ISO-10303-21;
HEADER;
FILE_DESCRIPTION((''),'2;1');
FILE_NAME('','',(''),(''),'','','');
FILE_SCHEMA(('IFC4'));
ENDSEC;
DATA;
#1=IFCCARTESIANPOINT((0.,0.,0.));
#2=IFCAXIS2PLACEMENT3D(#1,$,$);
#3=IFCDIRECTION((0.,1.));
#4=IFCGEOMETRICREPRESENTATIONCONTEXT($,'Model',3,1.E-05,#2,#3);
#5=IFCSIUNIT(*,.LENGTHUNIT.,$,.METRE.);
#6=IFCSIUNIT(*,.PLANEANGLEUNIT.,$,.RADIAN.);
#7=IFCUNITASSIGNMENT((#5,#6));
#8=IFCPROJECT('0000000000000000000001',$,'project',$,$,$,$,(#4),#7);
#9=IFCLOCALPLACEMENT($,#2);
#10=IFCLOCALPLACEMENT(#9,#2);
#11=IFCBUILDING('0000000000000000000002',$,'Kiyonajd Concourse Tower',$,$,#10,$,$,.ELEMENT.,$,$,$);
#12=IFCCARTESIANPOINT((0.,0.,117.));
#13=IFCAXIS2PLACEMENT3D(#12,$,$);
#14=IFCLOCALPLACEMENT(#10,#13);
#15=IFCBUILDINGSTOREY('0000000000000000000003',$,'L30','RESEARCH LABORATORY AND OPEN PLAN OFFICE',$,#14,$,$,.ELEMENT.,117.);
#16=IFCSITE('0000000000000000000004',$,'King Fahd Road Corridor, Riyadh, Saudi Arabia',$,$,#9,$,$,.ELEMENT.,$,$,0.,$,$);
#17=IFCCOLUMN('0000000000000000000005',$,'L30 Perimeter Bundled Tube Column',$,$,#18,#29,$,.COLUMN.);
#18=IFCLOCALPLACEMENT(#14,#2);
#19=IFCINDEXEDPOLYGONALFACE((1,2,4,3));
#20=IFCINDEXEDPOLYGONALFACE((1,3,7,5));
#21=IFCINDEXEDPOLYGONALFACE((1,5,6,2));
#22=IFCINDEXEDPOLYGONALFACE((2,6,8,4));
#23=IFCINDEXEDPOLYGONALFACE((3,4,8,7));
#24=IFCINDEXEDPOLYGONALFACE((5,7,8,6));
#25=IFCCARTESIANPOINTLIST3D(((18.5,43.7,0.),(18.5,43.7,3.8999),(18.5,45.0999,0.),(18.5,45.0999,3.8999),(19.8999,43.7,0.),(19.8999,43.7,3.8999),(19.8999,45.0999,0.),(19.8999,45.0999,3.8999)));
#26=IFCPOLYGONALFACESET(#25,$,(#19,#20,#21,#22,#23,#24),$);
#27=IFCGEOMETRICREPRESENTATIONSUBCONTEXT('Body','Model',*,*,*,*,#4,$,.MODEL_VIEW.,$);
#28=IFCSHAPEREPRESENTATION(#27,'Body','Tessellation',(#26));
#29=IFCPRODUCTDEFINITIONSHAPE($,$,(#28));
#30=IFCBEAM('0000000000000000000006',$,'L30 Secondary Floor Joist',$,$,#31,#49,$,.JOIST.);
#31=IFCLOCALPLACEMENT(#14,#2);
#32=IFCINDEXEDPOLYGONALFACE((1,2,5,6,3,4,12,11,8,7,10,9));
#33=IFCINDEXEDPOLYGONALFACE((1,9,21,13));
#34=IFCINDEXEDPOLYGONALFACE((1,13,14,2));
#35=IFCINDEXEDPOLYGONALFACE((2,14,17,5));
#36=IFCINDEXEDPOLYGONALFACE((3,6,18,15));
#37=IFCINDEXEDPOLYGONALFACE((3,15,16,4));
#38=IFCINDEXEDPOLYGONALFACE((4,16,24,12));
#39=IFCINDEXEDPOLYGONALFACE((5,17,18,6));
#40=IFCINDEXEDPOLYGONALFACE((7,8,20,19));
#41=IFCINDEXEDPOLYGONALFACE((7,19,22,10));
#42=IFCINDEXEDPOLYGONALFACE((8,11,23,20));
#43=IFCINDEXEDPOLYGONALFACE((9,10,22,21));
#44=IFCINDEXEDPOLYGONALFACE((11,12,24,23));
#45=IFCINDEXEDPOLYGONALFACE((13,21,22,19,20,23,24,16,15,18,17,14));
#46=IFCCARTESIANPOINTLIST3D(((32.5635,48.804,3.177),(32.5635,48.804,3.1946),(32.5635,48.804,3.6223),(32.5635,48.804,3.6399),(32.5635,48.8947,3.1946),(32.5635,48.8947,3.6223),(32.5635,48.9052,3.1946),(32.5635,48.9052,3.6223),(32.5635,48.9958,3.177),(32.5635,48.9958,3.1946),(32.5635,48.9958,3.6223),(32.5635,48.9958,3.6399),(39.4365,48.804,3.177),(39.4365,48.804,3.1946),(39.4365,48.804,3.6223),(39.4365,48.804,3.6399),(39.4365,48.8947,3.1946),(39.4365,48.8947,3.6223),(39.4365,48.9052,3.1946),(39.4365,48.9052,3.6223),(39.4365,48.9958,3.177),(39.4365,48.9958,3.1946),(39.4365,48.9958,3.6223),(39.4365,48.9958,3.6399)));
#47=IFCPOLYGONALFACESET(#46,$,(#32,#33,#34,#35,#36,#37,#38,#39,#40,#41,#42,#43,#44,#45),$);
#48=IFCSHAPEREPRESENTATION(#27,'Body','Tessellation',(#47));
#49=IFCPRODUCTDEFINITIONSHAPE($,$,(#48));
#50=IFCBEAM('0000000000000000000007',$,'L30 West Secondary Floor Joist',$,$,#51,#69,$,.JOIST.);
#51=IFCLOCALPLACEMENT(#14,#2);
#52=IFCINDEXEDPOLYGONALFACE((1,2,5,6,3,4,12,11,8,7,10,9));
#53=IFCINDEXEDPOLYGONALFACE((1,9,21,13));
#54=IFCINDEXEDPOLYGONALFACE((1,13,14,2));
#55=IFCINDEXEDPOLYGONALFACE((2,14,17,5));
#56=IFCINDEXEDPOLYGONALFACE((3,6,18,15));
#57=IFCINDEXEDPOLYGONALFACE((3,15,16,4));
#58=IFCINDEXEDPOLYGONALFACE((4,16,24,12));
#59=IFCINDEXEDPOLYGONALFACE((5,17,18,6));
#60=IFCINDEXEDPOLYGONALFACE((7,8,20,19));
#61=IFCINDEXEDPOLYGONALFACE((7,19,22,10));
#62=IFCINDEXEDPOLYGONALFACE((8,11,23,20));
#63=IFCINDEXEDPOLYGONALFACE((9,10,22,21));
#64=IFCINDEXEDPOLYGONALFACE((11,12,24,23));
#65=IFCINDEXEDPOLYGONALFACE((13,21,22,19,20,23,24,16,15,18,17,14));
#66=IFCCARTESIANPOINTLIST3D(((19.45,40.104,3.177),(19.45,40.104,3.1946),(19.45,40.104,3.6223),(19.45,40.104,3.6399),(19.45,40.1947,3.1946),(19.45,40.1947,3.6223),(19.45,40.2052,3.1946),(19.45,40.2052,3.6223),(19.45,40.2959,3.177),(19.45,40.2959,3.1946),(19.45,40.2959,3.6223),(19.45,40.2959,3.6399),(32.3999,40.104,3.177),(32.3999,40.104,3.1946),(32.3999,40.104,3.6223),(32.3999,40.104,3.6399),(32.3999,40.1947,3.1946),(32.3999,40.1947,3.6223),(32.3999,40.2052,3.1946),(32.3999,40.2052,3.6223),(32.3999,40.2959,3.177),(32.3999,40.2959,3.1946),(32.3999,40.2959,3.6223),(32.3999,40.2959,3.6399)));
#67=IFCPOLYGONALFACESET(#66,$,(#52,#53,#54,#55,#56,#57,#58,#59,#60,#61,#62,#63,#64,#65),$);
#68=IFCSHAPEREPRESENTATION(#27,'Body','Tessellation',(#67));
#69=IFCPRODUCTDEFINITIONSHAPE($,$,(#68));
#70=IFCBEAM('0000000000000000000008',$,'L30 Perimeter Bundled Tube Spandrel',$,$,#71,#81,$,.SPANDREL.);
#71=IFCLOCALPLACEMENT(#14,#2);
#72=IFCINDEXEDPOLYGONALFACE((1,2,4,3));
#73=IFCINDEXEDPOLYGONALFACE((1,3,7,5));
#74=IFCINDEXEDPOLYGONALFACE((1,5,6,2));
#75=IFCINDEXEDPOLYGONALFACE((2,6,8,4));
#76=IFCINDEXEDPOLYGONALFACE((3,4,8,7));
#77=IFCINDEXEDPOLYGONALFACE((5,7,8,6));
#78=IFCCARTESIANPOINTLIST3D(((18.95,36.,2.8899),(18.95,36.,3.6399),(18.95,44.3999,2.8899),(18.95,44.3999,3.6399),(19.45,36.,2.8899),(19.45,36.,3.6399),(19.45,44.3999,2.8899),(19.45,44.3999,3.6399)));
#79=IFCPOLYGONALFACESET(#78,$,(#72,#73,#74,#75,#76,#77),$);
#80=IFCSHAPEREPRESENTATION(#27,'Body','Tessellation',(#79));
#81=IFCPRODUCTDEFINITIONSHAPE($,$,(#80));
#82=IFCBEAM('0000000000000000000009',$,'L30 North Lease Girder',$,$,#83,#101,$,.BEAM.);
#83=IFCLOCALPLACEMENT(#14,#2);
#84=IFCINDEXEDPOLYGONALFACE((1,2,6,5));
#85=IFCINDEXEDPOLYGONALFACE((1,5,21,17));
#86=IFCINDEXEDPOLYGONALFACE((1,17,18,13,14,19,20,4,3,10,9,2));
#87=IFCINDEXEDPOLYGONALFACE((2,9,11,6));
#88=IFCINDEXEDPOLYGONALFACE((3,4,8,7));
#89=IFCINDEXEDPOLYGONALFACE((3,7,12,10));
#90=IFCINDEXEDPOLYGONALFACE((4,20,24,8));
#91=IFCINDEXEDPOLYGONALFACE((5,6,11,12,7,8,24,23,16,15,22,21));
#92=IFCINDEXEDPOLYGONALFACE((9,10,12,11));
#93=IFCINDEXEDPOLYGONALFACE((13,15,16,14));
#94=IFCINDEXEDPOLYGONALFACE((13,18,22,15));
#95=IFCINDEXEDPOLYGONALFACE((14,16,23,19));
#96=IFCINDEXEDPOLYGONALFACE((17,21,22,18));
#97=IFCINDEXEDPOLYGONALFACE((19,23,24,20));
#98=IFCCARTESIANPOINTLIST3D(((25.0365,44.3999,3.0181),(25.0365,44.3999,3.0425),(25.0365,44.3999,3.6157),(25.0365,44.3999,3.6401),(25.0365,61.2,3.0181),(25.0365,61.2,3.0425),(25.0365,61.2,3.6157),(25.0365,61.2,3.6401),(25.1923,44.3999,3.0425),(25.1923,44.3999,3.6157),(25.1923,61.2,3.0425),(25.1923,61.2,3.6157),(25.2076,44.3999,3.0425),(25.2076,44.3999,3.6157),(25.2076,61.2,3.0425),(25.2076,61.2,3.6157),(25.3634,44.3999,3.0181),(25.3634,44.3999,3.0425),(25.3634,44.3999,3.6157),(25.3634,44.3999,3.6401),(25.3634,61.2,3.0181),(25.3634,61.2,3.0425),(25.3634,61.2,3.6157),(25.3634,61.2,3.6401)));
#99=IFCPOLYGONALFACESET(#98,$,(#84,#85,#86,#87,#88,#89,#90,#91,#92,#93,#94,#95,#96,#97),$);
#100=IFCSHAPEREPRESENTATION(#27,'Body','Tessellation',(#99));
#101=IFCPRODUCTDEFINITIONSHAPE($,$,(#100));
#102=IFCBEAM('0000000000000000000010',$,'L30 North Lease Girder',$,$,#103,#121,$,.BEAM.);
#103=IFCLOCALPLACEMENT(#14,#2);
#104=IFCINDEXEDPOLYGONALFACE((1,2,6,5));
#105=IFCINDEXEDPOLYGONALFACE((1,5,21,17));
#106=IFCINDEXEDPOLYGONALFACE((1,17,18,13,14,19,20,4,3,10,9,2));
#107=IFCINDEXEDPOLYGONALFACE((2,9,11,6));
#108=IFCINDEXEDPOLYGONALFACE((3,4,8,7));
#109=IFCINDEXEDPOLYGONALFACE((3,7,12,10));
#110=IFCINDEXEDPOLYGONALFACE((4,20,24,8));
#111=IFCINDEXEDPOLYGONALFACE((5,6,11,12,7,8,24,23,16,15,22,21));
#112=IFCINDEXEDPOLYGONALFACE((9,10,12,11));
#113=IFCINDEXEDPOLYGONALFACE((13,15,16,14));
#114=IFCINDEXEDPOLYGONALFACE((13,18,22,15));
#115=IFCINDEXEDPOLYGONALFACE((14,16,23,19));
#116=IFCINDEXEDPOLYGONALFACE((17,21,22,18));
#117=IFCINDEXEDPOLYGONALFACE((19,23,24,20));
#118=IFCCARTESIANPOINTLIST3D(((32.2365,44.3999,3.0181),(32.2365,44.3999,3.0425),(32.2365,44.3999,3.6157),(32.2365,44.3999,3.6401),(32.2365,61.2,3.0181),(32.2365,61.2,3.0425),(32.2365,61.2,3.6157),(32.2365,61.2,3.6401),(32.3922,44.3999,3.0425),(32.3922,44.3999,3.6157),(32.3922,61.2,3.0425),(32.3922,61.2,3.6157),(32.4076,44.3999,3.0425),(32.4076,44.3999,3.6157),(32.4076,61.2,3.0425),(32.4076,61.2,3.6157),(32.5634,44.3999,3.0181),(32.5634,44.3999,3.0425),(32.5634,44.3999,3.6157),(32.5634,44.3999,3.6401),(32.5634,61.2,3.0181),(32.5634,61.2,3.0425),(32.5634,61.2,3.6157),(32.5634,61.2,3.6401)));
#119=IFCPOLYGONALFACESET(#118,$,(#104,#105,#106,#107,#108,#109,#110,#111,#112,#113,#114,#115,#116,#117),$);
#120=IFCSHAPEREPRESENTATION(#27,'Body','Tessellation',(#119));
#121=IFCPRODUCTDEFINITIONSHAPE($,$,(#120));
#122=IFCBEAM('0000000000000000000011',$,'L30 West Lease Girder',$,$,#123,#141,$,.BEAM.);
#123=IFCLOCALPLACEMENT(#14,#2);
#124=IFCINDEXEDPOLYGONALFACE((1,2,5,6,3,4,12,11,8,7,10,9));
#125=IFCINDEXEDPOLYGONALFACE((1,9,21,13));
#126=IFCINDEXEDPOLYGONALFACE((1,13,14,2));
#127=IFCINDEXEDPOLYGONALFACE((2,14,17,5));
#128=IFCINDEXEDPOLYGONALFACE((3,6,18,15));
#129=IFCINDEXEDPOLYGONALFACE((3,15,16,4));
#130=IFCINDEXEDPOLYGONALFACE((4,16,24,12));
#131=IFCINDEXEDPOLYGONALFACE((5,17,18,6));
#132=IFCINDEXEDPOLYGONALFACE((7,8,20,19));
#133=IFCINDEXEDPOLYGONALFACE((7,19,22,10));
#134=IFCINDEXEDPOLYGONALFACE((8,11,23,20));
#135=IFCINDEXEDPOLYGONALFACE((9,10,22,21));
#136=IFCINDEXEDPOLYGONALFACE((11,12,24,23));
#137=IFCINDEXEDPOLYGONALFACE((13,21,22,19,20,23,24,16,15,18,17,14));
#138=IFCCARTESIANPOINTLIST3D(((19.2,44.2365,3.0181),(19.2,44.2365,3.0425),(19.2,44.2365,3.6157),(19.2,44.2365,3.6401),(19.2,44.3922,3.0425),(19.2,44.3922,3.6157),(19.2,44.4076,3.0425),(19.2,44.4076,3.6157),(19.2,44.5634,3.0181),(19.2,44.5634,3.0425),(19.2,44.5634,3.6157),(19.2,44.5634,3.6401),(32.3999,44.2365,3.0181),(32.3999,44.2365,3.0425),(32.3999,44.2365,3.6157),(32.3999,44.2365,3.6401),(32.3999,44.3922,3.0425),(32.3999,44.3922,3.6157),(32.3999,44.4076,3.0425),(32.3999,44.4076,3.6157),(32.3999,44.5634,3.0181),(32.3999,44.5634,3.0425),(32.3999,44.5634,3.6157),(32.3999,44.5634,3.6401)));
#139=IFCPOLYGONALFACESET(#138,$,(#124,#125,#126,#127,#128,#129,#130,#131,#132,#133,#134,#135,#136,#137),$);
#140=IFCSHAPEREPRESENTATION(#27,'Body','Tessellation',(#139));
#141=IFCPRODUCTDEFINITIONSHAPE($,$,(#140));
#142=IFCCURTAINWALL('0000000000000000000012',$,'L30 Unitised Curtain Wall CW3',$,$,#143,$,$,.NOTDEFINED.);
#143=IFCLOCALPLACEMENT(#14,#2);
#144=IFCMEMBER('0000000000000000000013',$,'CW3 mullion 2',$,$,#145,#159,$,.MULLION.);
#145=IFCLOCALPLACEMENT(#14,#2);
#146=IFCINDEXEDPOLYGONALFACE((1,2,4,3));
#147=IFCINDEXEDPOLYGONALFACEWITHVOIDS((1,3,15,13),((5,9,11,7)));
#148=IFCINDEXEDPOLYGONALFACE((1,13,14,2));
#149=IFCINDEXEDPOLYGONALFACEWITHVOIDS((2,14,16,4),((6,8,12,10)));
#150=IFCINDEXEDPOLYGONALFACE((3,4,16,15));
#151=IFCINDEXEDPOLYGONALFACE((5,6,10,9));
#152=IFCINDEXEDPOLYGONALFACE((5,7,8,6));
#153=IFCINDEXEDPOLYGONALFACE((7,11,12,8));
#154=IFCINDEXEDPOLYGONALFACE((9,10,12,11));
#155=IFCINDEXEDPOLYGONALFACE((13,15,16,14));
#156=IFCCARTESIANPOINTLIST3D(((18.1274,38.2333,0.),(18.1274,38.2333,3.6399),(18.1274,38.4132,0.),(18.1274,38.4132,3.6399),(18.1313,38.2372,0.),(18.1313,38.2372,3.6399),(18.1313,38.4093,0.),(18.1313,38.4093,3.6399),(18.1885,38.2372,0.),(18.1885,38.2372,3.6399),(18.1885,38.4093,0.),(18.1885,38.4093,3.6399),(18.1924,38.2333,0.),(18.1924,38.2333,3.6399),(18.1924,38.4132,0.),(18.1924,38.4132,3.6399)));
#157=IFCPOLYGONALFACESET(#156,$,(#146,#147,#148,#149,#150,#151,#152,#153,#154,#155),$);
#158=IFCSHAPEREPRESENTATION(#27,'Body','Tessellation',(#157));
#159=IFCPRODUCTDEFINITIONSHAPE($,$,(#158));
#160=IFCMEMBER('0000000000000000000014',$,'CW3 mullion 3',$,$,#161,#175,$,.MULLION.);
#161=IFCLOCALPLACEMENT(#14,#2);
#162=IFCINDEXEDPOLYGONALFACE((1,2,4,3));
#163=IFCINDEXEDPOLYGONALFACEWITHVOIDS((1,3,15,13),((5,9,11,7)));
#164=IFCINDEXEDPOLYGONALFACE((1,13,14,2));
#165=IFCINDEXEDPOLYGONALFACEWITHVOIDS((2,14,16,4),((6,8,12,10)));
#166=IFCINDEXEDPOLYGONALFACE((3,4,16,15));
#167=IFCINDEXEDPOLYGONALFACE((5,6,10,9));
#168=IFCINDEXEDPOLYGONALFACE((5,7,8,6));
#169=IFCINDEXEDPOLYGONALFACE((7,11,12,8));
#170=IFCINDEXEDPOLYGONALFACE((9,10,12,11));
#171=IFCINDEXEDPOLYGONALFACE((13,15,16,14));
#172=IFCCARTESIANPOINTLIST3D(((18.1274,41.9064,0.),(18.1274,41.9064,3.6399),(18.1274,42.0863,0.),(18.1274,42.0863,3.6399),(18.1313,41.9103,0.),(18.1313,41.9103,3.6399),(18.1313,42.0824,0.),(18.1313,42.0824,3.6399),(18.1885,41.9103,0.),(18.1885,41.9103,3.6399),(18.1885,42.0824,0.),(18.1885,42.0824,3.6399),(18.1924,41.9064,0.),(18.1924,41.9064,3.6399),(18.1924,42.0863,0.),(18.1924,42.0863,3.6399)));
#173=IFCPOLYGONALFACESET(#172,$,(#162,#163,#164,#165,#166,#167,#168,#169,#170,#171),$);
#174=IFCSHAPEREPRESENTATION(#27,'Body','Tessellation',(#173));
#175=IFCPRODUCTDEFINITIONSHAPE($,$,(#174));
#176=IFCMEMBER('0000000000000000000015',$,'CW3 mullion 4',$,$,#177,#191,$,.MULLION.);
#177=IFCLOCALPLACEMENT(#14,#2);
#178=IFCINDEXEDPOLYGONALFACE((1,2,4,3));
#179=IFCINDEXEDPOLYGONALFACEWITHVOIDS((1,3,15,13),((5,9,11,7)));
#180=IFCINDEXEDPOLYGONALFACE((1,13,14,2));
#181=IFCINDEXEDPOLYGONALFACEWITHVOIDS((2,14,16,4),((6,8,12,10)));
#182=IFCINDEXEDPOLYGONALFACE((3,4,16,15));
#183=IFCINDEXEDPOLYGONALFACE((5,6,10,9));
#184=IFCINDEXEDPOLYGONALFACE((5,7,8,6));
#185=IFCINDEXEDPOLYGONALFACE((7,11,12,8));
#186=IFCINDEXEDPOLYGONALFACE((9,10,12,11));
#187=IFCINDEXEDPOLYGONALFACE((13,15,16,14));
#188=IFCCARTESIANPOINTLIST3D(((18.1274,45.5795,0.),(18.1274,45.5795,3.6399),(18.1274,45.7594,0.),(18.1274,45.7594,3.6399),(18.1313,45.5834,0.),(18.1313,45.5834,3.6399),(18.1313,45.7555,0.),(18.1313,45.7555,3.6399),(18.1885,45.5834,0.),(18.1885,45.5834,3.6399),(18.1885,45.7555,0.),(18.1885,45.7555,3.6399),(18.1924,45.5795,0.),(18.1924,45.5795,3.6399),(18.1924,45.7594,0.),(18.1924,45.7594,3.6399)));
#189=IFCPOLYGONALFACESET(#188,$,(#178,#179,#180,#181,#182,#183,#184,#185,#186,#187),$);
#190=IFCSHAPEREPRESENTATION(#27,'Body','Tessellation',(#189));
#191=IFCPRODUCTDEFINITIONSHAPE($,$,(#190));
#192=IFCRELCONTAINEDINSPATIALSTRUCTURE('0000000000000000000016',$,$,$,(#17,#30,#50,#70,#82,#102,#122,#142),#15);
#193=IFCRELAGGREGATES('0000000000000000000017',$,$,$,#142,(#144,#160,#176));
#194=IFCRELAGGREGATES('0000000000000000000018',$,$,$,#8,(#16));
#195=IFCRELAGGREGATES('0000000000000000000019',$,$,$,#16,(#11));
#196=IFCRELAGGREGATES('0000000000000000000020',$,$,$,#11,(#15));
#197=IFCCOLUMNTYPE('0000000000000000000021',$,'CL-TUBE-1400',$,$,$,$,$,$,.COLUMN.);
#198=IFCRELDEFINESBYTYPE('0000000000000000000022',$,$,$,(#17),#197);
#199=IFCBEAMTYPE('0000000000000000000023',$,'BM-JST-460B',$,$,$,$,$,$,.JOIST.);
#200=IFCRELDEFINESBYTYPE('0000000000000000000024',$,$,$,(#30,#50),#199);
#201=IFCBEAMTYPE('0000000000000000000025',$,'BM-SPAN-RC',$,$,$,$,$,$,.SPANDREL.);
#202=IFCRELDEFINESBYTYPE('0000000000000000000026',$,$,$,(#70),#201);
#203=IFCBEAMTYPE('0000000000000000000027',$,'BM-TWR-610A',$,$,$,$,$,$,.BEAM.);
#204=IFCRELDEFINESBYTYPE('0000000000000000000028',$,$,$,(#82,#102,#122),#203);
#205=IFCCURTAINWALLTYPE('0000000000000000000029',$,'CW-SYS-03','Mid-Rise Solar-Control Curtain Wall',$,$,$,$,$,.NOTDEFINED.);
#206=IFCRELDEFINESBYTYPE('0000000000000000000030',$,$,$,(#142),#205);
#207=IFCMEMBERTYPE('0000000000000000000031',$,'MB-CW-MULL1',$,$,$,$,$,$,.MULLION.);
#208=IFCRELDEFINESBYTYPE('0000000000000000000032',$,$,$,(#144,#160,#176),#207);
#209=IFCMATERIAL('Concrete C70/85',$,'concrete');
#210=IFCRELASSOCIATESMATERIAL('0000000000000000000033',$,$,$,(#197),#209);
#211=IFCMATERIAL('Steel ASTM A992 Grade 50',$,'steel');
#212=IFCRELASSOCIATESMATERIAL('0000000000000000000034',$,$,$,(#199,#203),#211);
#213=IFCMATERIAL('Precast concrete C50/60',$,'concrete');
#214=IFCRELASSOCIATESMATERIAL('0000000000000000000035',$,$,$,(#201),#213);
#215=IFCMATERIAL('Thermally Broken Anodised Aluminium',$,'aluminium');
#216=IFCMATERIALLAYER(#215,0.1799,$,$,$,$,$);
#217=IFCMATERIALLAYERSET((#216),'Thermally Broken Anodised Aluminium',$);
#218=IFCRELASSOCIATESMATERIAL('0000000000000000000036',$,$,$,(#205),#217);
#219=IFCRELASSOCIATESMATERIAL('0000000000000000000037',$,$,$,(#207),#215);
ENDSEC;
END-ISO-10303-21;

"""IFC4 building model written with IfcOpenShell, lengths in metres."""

from ifc_helpers import new_model, si_unit, direction, frame, origin, origin_2d, place, context, subcontext, project, spatial, rectangle, hollow_rectangle, i_section, extrude, material, layer, layer_set, material_profile, profile_set, type_object, element, aggregate, save


model = new_model("IFC4")

# Units and contexts
model_context = context("Model", 3, precision=1e-05, world=origin(), true_north=direction((0.0, 1.0)))
body_context = subcontext(model_context, "Body", "Model", "MODEL_VIEW")
ifc_project = project(units=[si_unit("LENGTHUNIT", "METRE"), si_unit("PLANEANGLEUNIT", "RADIAN")], contexts=[model_context])

# Site, building, storey
site_placement = place(None, origin())
site = spatial("IfcSite", under=ifc_project, at=site_placement, Name="King Fahd Road Corridor, Riyadh, Saudi Arabia", CompositionType="ELEMENT", RefElevation=0.0)
building_placement = place(site_placement, origin())
building = spatial("IfcBuilding", under=site, at=building_placement, Name="Kiyonajd Concourse Tower", CompositionType="ELEMENT")
storey_placement = place(building_placement, frame((0.0, 0.0, 117.0)))
storey = spatial("IfcBuildingStorey", under=building, at=storey_placement, Name="L30", Description="RESEARCH LABORATORY AND OPEN PLAN OFFICE", CompositionType="ELEMENT", Elevation=117.0)

# Column
ifc_material_1 = material(Name="Concrete C70/85", Category="concrete")
ifc_material_profile_1 = material_profile(ifc_material_1, rectangle(XDim=1.3999, YDim=1.3999, at=origin_2d()), Name="RC-1400x1400")
ifc_profile_set_1 = profile_set([ifc_material_profile_1], Name="Concrete C70/85")
column_type = type_object("IfcColumnType", Name="CL-TUBE-1400", PredefinedType="COLUMN", material=ifc_profile_set_1)
column_placement = place(storey_placement, frame((19.2, 44.3999, 0.0), z_axis=(0.0, 0.0, 1.0), x_axis=(1.0, 0.0, 0.0)))
element("IfcColumn", 1, at=column_placement, inside=storey, type_object=column_type, Name="L30 Perimeter Bundled Tube Column", PredefinedType="COLUMN", context=body_context, shape_type="SweptSolid", body=[
    extrude(rectangle(XDim=1.3999, YDim=1.3999, at=origin_2d()), origin(), (0.0, 0.0, 1.0), 3.8999),
])

# Beams
ifc_material_2 = material(Name="Steel ASTM A992 Grade 50", Category="steel")
ifc_material_profile_2 = material_profile(ifc_material_2, i_section(OverallWidth=0.1919, OverallDepth=0.4629, WebThickness=0.0105, FlangeThickness=0.0176, at=origin_2d()), Name="W460X89")
ifc_profile_set_2 = profile_set([ifc_material_profile_2], Name="Steel ASTM A992 Grade 50")
beam_type_1 = type_object("IfcBeamType", Name="BM-JST-460B", PredefinedType="JOIST", material=ifc_profile_set_2)
beam_1_placement = place(storey_placement, frame((32.5635, 48.8999, 3.4084), z_axis=(1.0, 0.0, 0.0), x_axis=(0.0, 1.0, 0.0)))
element("IfcBeam", 2, at=beam_1_placement, inside=storey, type_object=beam_type_1, Name="L30 Secondary Floor Joist", PredefinedType="JOIST", context=body_context, shape_type="SweptSolid", body=[
    extrude(i_section(OverallWidth=0.1919, OverallDepth=0.4629, WebThickness=0.0105, FlangeThickness=0.0176, at=origin_2d()), origin(), (0.0, 0.0, 1.0), 6.873),
])
beam_2_placement = place(storey_placement, frame((19.45, 40.2, 3.4084), z_axis=(1.0, 0.0, 0.0), x_axis=(0.0, 1.0, 0.0)))
element("IfcBeam", 3, at=beam_2_placement, inside=storey, type_object=beam_type_1, Name="L30 West Secondary Floor Joist", PredefinedType="JOIST", context=body_context, shape_type="SweptSolid", body=[
    extrude(i_section(OverallWidth=0.1919, OverallDepth=0.4629, WebThickness=0.0105, FlangeThickness=0.0176, at=origin_2d()), origin(), (0.0, 0.0, 1.0), 12.95),
])
ifc_material_3 = material(Name="Precast concrete C50/60", Category="concrete")
ifc_material_profile_3 = material_profile(ifc_material_3, rectangle(XDim=0.5, YDim=0.75, at=origin_2d()), Name="RCBM-500x750")
ifc_profile_set_3 = profile_set([ifc_material_profile_3], Name="Precast concrete C50/60")
beam_type_2 = type_object("IfcBeamType", Name="BM-SPAN-RC", PredefinedType="SPANDREL", material=ifc_profile_set_3)
beam_3_placement = place(storey_placement, frame((19.2, 44.3999, 3.2649), z_axis=(0.0, -1.0, 0.0), x_axis=(1.0, 0.0, 0.0)))
element("IfcBeam", 4, at=beam_3_placement, inside=storey, type_object=beam_type_2, Name="L30 Perimeter Bundled Tube Spandrel", PredefinedType="SPANDREL", context=body_context, shape_type="SweptSolid", body=[
    extrude(rectangle(XDim=0.5, YDim=0.75, at=origin_2d()), origin(), (0.0, 0.0, 1.0), 8.3999),
])
ifc_material_profile_4 = material_profile(ifc_material_2, i_section(OverallWidth=0.3269, OverallDepth=0.6221, WebThickness=0.0154, FlangeThickness=0.0244, at=origin_2d()), Name="W610X195")
ifc_profile_set_4 = profile_set([ifc_material_profile_4], Name="Steel ASTM A992 Grade 50")
beam_type_3 = type_object("IfcBeamType", Name="BM-TWR-610A", PredefinedType="BEAM", material=ifc_profile_set_4)
for number, where, z_axis, x_axis, name in (
    (5, (25.2, 44.3999, 3.3291), (0.0, 1.0, 0.0), (-1.0, 0.0, 0.0), "L30 North Lease Girder"),
    (6, (32.3999, 44.3999, 3.3291), (0.0, 1.0, 0.0), (-1.0, 0.0, 0.0), "L30 North Lease Girder"),
):
    element("IfcBeam", number, at=place(storey_placement, frame(where, z_axis=z_axis, x_axis=x_axis)), inside=storey, type_object=beam_type_3, Name=name, PredefinedType="BEAM", context=body_context, shape_type="SweptSolid", body=[
        extrude(i_section(OverallWidth=0.3269, OverallDepth=0.6221, WebThickness=0.0154, FlangeThickness=0.0244, at=origin_2d()), origin(), (0.0, 0.0, 1.0), 16.8),
    ])
beam_4_placement = place(storey_placement, frame((19.2, 44.3999, 3.3291), z_axis=(1.0, 0.0, 0.0), x_axis=(0.0, 1.0, 0.0)))
element("IfcBeam", 7, at=beam_4_placement, inside=storey, type_object=beam_type_3, Name="L30 West Lease Girder", PredefinedType="BEAM", context=body_context, shape_type="SweptSolid", body=[
    extrude(i_section(OverallWidth=0.3269, OverallDepth=0.6221, WebThickness=0.0154, FlangeThickness=0.0244, at=origin_2d()), origin(), (0.0, 0.0, 1.0), 13.2),
])

# Curtain wall, members
ifc_material_4 = material(Name="Thermally Broken Anodised Aluminium", Category="aluminium")
ifc_layer_1 = layer(ifc_material_4, 0.1799)
ifc_layer_set_1 = layer_set([ifc_layer_1], Name="Thermally Broken Anodised Aluminium")
curtain_wall_type = type_object("IfcCurtainWallType", Name="CW-SYS-03", Description="Mid-Rise Solar-Control Curtain Wall", PredefinedType="NOTDEFINED", material=ifc_layer_set_1)
curtain_wall_placement = place(storey_placement, origin())
curtain_wall = element("IfcCurtainWall", 8, at=curtain_wall_placement, inside=storey, type_object=curtain_wall_type, Name="L30 Unitised Curtain Wall CW3", PredefinedType="NOTDEFINED")
ifc_material_profile_5 = material_profile(ifc_material_4, hollow_rectangle(XDim=0.0649, YDim=0.1799, WallThickness=0.0039, at=origin_2d()), Name="MULL-65x180")
ifc_profile_set_5 = profile_set([ifc_material_profile_5], Name="Thermally Broken Anodised Aluminium")
member_type_1 = type_object("IfcMemberType", Name="MB-CW-MULL1", PredefinedType="MULLION", material=ifc_profile_set_5)
member_1_placement = place(storey_placement, frame((18.1599, 38.3232, 0.0), z_axis=(0.0, 0.0, 1.0), x_axis=(-1.0, 0.0, 0.0)))
member_1 = element("IfcMember", 9, at=member_1_placement, type_object=member_type_1, Name="CW3 mullion 2", PredefinedType="MULLION", context=body_context, shape_type="SweptSolid", body=[
    extrude(hollow_rectangle(XDim=0.0649, YDim=0.1799, WallThickness=0.0039, at=origin_2d()), origin(), (0.0, 0.0, 1.0), 3.6399),
])
member_2_placement = place(storey_placement, frame((18.1599, 41.9963, 0.0), z_axis=(0.0, 0.0, 1.0), x_axis=(-1.0, 0.0, 0.0)))
member_2 = element("IfcMember", 10, at=member_2_placement, type_object=member_type_1, Name="CW3 mullion 3", PredefinedType="MULLION", context=body_context, shape_type="SweptSolid", body=[
    extrude(hollow_rectangle(XDim=0.0649, YDim=0.1799, WallThickness=0.0039, at=origin_2d()), origin(), (0.0, 0.0, 1.0), 3.6399),
])
member_3_placement = place(storey_placement, frame((18.1599, 45.6694, 0.0), z_axis=(0.0, 0.0, 1.0), x_axis=(-1.0, 0.0, 0.0)))
member_3 = element("IfcMember", 11, at=member_3_placement, type_object=member_type_1, Name="CW3 mullion 4", PredefinedType="MULLION", context=body_context, shape_type="SweptSolid", body=[
    extrude(hollow_rectangle(XDim=0.0649, YDim=0.1799, WallThickness=0.0039, at=origin_2d()), origin(), (0.0, 0.0, 1.0), 3.6399),
])
aggregate(curtain_wall, [member_1, member_2, member_3])

save(model, "model.ifc")
